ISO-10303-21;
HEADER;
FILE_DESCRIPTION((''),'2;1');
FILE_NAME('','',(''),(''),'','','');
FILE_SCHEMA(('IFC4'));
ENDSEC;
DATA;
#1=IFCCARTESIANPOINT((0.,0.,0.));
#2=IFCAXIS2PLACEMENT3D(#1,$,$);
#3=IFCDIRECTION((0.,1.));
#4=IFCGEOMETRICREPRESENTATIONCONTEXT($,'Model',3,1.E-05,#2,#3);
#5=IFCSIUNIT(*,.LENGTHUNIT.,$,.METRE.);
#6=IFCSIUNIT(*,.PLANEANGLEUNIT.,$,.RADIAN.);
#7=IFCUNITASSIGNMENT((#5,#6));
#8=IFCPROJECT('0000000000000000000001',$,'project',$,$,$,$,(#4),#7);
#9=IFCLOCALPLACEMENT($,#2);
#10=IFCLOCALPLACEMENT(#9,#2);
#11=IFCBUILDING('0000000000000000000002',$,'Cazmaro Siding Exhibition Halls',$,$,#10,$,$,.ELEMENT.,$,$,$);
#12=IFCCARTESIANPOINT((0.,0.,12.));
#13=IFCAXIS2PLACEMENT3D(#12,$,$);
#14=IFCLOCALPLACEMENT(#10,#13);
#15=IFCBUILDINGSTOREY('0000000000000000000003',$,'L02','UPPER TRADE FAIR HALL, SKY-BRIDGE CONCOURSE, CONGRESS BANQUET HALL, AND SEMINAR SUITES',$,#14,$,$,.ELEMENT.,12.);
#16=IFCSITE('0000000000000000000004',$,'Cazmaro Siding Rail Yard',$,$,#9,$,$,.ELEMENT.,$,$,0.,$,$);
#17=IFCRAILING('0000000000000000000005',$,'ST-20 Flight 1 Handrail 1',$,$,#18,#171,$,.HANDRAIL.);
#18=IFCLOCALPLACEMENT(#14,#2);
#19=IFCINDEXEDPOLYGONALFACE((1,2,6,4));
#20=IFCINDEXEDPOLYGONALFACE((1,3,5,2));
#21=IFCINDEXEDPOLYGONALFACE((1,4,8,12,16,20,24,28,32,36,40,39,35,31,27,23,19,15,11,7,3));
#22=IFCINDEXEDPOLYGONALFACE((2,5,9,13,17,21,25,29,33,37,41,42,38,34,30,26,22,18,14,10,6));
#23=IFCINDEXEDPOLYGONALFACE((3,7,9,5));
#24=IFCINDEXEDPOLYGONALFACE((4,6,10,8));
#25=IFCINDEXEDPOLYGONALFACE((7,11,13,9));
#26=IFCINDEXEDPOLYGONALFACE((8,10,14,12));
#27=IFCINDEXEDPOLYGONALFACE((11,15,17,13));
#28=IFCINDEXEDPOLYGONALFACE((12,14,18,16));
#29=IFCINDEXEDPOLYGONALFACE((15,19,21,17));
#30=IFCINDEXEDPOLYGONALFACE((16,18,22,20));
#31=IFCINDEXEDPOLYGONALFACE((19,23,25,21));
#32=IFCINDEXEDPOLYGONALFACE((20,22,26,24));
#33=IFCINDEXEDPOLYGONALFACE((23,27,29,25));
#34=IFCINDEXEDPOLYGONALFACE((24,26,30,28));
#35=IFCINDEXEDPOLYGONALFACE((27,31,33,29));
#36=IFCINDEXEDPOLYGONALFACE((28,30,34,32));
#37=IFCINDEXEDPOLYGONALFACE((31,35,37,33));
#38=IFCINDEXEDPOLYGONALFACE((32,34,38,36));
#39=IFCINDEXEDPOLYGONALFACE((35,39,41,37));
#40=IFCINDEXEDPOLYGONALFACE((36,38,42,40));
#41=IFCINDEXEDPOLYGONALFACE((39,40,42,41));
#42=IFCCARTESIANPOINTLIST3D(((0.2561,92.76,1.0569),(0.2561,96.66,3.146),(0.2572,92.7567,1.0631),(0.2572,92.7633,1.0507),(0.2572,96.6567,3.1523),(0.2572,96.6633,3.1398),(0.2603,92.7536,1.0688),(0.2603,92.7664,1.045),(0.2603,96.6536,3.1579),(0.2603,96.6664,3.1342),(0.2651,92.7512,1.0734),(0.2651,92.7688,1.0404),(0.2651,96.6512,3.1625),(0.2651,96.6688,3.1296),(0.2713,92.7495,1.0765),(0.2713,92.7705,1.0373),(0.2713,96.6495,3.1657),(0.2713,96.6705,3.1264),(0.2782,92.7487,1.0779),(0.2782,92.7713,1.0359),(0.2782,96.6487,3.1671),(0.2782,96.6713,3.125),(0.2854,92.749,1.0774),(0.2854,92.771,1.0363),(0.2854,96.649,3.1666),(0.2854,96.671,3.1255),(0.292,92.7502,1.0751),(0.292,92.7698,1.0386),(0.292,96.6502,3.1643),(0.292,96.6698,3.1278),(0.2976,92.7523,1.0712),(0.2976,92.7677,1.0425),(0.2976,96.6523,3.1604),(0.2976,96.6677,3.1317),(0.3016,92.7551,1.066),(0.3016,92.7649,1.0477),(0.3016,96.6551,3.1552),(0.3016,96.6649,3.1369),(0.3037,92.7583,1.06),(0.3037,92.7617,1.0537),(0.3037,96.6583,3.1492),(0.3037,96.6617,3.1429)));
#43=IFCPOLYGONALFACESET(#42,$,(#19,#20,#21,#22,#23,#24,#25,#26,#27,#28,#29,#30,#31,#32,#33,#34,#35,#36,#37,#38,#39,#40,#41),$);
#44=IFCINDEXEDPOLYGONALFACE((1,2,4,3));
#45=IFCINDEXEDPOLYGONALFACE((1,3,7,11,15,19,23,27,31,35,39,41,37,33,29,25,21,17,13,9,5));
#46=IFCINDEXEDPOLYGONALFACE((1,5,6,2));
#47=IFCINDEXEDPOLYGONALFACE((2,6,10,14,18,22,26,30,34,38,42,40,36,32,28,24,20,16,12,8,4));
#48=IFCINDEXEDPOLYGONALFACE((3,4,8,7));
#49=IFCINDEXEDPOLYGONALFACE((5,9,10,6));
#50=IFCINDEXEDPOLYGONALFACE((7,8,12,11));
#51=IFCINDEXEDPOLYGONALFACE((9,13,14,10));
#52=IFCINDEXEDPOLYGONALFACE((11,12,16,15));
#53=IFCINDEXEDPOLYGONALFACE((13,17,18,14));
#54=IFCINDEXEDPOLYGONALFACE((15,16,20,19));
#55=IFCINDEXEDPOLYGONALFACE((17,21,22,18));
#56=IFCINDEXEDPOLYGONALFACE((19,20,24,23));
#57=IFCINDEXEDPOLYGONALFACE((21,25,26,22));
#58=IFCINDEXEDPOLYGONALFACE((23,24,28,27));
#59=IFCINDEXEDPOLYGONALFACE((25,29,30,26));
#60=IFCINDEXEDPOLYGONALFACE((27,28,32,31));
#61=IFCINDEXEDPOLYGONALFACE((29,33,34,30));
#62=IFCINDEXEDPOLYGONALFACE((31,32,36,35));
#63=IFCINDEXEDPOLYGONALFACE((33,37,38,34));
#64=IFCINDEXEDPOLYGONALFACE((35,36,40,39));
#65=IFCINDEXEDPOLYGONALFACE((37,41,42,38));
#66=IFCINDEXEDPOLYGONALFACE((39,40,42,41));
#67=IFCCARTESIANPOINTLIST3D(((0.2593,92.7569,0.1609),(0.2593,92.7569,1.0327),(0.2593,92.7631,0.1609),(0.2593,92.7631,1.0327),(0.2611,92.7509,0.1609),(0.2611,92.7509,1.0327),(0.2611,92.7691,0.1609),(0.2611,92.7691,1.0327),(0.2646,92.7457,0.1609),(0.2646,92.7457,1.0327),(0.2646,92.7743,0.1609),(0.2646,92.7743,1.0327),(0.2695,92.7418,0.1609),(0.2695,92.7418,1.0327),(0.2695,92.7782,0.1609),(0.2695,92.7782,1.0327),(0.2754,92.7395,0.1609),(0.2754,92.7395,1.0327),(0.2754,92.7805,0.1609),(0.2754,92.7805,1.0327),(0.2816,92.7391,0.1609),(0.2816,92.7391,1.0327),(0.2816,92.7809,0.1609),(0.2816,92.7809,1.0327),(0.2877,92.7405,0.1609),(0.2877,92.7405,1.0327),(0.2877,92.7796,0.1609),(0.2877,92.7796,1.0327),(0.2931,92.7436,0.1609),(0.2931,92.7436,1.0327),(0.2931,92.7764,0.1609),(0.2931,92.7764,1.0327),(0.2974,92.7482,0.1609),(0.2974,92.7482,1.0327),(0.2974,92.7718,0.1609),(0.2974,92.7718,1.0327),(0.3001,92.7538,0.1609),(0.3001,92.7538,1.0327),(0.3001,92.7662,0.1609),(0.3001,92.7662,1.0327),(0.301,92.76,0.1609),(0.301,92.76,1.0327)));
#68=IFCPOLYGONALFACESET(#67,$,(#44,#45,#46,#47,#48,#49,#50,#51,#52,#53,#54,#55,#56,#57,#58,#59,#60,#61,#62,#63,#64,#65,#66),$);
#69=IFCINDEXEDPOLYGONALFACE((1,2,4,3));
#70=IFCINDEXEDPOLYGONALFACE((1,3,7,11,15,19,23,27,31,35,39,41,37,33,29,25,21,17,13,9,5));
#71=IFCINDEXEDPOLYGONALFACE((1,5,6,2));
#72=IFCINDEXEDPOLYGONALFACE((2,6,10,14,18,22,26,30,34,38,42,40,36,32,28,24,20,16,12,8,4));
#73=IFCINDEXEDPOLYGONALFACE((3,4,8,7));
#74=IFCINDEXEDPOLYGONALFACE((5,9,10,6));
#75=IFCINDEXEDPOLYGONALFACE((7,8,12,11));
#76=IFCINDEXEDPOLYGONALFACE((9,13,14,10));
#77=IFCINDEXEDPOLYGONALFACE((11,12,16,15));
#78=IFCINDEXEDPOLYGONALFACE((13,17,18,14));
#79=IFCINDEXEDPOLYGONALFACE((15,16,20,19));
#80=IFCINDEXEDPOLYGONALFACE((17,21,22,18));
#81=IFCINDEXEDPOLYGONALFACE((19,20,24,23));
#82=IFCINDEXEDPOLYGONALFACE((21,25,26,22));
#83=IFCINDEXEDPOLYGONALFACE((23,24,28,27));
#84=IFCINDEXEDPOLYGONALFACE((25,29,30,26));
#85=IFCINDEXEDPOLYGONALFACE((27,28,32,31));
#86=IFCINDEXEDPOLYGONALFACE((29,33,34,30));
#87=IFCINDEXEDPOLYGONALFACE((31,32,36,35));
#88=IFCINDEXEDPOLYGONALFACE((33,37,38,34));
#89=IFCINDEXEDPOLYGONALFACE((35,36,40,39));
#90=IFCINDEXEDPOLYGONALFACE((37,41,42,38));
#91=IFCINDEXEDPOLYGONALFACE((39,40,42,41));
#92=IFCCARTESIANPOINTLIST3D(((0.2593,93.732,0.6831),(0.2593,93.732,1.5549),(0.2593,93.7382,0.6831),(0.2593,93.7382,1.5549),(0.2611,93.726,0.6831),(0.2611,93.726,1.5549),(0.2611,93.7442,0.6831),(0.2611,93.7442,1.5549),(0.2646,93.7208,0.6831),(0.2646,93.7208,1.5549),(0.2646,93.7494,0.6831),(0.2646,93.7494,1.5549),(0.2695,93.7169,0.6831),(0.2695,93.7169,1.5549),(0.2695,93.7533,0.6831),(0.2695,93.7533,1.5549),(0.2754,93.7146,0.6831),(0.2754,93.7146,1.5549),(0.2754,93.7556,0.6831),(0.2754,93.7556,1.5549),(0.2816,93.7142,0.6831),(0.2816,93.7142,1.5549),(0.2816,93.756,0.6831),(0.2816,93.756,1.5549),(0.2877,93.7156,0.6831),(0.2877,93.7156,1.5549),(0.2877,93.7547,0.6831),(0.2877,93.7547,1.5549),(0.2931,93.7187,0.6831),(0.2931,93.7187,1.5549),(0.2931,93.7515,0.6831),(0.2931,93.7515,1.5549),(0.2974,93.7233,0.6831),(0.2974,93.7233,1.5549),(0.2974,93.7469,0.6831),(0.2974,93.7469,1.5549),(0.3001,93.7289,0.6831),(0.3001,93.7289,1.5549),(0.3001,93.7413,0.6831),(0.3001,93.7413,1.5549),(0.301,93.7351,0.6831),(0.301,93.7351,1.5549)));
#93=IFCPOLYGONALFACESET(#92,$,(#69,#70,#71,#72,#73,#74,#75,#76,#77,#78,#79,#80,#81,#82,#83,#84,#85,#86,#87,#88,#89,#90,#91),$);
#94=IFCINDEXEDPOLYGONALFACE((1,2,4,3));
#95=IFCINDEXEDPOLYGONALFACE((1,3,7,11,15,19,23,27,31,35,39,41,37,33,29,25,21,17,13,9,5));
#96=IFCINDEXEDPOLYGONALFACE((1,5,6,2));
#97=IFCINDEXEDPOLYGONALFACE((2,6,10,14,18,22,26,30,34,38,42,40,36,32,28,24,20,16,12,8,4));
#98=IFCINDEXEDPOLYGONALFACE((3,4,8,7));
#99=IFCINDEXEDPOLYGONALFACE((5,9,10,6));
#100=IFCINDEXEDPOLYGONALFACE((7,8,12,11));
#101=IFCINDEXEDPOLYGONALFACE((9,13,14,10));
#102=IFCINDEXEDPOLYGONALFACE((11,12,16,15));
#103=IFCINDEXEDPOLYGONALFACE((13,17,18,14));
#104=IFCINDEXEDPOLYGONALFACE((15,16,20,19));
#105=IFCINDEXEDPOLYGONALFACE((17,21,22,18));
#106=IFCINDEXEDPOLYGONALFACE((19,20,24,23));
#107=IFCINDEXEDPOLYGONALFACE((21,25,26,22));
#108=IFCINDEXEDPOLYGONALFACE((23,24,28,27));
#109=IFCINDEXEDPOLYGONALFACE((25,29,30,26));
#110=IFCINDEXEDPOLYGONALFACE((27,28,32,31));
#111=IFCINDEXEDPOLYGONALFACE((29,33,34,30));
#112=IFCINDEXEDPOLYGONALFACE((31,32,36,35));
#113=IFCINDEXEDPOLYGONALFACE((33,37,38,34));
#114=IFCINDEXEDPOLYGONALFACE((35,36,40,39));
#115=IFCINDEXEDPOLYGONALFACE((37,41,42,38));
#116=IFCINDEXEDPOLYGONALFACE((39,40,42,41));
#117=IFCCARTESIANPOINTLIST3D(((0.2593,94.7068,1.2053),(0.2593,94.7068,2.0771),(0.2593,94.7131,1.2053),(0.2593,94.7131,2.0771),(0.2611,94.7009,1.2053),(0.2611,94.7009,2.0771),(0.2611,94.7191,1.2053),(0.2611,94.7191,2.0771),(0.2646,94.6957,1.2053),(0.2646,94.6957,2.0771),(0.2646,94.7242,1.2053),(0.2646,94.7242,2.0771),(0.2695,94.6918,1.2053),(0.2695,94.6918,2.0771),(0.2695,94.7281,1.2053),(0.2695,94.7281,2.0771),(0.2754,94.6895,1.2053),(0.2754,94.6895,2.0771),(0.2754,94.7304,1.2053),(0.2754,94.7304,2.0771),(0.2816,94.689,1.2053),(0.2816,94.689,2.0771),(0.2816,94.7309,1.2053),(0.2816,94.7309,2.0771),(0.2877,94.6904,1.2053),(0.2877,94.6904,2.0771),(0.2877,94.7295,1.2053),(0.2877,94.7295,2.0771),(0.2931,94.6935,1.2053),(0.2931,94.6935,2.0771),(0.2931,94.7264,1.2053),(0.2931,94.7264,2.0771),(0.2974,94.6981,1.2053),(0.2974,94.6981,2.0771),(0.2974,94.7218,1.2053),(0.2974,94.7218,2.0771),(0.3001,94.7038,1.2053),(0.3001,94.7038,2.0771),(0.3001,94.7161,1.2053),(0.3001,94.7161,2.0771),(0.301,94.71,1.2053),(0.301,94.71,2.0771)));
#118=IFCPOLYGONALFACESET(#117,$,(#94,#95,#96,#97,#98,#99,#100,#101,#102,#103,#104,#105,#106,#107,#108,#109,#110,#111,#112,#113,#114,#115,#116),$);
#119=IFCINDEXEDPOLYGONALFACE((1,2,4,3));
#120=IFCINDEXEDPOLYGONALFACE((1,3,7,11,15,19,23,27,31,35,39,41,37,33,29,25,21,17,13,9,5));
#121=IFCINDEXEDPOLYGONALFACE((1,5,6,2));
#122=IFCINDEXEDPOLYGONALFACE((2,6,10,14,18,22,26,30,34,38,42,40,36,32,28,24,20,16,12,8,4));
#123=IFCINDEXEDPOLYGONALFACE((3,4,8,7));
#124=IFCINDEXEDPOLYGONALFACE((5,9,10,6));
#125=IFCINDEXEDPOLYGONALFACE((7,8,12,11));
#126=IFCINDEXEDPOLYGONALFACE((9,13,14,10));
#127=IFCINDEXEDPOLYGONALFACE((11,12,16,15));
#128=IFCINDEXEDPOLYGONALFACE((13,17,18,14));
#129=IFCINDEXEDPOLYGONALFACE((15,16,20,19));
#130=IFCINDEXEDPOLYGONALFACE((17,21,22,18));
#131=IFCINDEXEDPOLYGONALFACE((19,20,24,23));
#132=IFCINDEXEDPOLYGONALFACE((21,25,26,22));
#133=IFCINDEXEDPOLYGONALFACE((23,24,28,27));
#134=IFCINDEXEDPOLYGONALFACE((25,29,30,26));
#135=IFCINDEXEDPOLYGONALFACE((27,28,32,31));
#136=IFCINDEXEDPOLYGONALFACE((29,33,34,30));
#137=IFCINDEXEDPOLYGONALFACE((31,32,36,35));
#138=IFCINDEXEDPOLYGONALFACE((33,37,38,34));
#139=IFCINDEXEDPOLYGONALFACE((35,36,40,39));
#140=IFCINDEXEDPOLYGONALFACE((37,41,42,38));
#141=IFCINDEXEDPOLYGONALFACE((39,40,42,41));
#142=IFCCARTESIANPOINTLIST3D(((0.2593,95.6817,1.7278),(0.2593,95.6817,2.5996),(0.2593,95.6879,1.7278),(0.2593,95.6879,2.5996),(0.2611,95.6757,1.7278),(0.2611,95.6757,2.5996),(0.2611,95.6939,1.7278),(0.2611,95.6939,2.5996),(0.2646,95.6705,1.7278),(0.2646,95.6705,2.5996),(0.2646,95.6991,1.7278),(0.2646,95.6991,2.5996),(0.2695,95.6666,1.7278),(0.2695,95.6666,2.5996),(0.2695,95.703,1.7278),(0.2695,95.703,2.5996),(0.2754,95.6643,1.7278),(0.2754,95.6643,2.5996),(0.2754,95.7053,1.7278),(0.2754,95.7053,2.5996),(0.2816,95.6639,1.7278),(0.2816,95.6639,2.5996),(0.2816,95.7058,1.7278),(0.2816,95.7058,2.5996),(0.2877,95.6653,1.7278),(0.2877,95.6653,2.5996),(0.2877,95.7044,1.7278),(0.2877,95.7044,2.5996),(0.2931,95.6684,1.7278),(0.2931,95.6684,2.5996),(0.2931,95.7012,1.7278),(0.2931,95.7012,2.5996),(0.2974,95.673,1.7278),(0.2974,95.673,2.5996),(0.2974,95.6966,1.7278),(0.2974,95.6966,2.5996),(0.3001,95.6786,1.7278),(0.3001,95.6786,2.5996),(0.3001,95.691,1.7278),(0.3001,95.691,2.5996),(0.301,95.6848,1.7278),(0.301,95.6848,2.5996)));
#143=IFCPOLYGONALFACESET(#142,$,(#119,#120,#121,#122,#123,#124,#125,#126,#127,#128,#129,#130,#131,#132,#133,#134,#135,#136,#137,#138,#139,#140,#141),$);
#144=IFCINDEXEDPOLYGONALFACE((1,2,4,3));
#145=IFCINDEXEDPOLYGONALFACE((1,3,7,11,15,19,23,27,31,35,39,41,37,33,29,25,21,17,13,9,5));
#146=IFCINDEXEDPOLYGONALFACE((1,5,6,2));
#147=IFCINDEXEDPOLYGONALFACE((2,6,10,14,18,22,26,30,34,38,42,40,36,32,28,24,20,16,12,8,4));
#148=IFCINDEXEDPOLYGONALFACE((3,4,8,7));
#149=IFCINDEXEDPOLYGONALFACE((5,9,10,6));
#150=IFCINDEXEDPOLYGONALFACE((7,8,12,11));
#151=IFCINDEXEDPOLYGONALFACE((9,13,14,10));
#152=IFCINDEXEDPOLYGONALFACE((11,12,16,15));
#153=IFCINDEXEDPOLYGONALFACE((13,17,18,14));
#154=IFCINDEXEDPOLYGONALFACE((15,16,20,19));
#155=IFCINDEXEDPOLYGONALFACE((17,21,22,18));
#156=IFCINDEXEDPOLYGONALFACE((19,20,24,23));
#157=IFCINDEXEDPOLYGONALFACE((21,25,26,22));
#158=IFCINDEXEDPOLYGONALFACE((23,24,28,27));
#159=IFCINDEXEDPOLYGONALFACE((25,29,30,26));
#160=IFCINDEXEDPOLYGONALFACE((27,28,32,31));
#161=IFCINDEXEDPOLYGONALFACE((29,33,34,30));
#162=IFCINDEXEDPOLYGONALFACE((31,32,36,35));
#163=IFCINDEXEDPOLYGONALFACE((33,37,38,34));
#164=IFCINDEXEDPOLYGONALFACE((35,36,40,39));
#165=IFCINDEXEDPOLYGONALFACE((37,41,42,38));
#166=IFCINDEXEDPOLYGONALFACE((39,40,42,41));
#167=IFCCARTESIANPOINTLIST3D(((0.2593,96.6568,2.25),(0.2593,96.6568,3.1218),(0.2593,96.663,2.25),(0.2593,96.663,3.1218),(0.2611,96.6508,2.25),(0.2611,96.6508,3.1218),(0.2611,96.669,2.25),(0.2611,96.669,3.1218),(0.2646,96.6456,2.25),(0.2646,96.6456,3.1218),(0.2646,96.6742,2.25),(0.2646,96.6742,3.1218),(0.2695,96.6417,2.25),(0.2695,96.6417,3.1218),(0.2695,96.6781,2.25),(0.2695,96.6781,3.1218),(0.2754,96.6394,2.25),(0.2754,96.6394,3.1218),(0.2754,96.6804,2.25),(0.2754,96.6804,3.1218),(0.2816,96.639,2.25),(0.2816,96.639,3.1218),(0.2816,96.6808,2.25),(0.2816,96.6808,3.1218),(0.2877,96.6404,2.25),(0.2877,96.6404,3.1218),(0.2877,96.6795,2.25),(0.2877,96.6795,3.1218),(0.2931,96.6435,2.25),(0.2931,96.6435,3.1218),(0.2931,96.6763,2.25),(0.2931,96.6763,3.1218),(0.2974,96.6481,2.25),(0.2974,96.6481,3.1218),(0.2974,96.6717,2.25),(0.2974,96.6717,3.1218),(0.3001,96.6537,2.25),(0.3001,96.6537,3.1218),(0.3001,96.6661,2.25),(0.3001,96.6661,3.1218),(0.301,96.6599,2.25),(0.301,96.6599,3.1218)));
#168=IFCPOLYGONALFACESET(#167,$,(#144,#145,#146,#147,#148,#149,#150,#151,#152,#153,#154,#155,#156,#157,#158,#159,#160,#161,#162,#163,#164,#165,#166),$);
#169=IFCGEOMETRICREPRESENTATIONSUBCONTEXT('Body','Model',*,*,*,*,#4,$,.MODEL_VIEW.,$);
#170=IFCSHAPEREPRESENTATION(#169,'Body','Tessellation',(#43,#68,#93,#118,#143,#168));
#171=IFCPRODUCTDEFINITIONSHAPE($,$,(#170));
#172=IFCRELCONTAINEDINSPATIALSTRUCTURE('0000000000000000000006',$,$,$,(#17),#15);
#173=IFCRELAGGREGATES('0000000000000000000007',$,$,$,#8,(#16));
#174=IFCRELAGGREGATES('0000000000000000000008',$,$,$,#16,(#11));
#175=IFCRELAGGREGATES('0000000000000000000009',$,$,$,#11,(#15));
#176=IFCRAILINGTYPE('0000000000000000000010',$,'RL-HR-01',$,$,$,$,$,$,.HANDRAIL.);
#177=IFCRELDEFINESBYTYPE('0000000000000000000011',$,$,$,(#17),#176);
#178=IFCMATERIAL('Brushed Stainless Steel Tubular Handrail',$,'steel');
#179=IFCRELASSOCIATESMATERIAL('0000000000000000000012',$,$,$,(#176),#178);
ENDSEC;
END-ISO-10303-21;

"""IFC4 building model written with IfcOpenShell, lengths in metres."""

from ifc_helpers import new_model, si_unit, direction, frame, origin, origin_2d, place, context, subcontext, project, spatial, circle, extrude, material, type_object, element, save


model = new_model("IFC4")

# Units and contexts
model_context = context("Model", 3, precision=1e-05, world=origin(), true_north=direction((0.0, 1.0)))
body_context = subcontext(model_context, "Body", "Model", "MODEL_VIEW")
ifc_project = project(units=[si_unit("LENGTHUNIT", "METRE"), si_unit("PLANEANGLEUNIT", "RADIAN")], contexts=[model_context])

# Site, building, storey
site_placement = place(None, origin())
site = spatial("IfcSite", under=ifc_project, at=site_placement, Name="Cazmaro Siding Rail Yard", CompositionType="ELEMENT", RefElevation=0.0)
building_placement = place(site_placement, origin())
building = spatial("IfcBuilding", under=site, at=building_placement, Name="Cazmaro Siding Exhibition Halls", CompositionType="ELEMENT")
storey_placement = place(building_placement, frame((0.0, 0.0, 12.0)))
storey = spatial("IfcBuildingStorey", under=building, at=storey_placement, Name="L02", Description="UPPER TRADE FAIR HALL, SKY-BRIDGE CONCOURSE, CONGRESS BANQUET HALL, AND SEMINAR SUITES", CompositionType="ELEMENT", Elevation=12.0)

# Railing
ifc_material_1 = material(Name="Brushed Stainless Steel Tubular Handrail", Category="steel")
railing_type_1 = type_object("IfcRailingType", Name="RL-HR-01", PredefinedType="HANDRAIL", material=ifc_material_1)
for number, where, name in (
    (1, (0.28, 92.76, 0.1609), "ST-20 Flight 1 Handrail 1"),
):
    element("IfcRailing", number, at=place(storey_placement, frame(where)), inside=storey, type_object=railing_type_1, Name=name, PredefinedType="HANDRAIL", context=body_context, shape_type="SweptSolid", body=[
        extrude(circle(Radius=0.0239, at=origin_2d()), frame((0.0, 0.0, 0.896), z_axis=(0.0, 0.881491, 0.4722), x_axis=(-1.0, 0.0, 0.0)), (0.0, 0.0, 1.0), 4.4243),
        extrude(circle(Radius=0.021, at=origin_2d()), origin(), (0.0, 0.0, 1.0), 0.8718),
        extrude(circle(Radius=0.021, at=origin_2d()), frame((0.0, 0.9751, 0.5222)), (0.0, 0.0, 1.0), 0.8718),
        extrude(circle(Radius=0.021, at=origin_2d()), frame((0.0, 1.95, 1.0444)), (0.0, 0.0, 1.0), 0.8718),
        extrude(circle(Radius=0.021, at=origin_2d()), frame((0.0, 2.9248, 1.5669)), (0.0, 0.0, 1.0), 0.8718),
        extrude(circle(Radius=0.021, at=origin_2d()), frame((0.0, 3.8999, 2.0891)), (0.0, 0.0, 1.0), 0.8718),
    ])

save(model, "model.ifc")
